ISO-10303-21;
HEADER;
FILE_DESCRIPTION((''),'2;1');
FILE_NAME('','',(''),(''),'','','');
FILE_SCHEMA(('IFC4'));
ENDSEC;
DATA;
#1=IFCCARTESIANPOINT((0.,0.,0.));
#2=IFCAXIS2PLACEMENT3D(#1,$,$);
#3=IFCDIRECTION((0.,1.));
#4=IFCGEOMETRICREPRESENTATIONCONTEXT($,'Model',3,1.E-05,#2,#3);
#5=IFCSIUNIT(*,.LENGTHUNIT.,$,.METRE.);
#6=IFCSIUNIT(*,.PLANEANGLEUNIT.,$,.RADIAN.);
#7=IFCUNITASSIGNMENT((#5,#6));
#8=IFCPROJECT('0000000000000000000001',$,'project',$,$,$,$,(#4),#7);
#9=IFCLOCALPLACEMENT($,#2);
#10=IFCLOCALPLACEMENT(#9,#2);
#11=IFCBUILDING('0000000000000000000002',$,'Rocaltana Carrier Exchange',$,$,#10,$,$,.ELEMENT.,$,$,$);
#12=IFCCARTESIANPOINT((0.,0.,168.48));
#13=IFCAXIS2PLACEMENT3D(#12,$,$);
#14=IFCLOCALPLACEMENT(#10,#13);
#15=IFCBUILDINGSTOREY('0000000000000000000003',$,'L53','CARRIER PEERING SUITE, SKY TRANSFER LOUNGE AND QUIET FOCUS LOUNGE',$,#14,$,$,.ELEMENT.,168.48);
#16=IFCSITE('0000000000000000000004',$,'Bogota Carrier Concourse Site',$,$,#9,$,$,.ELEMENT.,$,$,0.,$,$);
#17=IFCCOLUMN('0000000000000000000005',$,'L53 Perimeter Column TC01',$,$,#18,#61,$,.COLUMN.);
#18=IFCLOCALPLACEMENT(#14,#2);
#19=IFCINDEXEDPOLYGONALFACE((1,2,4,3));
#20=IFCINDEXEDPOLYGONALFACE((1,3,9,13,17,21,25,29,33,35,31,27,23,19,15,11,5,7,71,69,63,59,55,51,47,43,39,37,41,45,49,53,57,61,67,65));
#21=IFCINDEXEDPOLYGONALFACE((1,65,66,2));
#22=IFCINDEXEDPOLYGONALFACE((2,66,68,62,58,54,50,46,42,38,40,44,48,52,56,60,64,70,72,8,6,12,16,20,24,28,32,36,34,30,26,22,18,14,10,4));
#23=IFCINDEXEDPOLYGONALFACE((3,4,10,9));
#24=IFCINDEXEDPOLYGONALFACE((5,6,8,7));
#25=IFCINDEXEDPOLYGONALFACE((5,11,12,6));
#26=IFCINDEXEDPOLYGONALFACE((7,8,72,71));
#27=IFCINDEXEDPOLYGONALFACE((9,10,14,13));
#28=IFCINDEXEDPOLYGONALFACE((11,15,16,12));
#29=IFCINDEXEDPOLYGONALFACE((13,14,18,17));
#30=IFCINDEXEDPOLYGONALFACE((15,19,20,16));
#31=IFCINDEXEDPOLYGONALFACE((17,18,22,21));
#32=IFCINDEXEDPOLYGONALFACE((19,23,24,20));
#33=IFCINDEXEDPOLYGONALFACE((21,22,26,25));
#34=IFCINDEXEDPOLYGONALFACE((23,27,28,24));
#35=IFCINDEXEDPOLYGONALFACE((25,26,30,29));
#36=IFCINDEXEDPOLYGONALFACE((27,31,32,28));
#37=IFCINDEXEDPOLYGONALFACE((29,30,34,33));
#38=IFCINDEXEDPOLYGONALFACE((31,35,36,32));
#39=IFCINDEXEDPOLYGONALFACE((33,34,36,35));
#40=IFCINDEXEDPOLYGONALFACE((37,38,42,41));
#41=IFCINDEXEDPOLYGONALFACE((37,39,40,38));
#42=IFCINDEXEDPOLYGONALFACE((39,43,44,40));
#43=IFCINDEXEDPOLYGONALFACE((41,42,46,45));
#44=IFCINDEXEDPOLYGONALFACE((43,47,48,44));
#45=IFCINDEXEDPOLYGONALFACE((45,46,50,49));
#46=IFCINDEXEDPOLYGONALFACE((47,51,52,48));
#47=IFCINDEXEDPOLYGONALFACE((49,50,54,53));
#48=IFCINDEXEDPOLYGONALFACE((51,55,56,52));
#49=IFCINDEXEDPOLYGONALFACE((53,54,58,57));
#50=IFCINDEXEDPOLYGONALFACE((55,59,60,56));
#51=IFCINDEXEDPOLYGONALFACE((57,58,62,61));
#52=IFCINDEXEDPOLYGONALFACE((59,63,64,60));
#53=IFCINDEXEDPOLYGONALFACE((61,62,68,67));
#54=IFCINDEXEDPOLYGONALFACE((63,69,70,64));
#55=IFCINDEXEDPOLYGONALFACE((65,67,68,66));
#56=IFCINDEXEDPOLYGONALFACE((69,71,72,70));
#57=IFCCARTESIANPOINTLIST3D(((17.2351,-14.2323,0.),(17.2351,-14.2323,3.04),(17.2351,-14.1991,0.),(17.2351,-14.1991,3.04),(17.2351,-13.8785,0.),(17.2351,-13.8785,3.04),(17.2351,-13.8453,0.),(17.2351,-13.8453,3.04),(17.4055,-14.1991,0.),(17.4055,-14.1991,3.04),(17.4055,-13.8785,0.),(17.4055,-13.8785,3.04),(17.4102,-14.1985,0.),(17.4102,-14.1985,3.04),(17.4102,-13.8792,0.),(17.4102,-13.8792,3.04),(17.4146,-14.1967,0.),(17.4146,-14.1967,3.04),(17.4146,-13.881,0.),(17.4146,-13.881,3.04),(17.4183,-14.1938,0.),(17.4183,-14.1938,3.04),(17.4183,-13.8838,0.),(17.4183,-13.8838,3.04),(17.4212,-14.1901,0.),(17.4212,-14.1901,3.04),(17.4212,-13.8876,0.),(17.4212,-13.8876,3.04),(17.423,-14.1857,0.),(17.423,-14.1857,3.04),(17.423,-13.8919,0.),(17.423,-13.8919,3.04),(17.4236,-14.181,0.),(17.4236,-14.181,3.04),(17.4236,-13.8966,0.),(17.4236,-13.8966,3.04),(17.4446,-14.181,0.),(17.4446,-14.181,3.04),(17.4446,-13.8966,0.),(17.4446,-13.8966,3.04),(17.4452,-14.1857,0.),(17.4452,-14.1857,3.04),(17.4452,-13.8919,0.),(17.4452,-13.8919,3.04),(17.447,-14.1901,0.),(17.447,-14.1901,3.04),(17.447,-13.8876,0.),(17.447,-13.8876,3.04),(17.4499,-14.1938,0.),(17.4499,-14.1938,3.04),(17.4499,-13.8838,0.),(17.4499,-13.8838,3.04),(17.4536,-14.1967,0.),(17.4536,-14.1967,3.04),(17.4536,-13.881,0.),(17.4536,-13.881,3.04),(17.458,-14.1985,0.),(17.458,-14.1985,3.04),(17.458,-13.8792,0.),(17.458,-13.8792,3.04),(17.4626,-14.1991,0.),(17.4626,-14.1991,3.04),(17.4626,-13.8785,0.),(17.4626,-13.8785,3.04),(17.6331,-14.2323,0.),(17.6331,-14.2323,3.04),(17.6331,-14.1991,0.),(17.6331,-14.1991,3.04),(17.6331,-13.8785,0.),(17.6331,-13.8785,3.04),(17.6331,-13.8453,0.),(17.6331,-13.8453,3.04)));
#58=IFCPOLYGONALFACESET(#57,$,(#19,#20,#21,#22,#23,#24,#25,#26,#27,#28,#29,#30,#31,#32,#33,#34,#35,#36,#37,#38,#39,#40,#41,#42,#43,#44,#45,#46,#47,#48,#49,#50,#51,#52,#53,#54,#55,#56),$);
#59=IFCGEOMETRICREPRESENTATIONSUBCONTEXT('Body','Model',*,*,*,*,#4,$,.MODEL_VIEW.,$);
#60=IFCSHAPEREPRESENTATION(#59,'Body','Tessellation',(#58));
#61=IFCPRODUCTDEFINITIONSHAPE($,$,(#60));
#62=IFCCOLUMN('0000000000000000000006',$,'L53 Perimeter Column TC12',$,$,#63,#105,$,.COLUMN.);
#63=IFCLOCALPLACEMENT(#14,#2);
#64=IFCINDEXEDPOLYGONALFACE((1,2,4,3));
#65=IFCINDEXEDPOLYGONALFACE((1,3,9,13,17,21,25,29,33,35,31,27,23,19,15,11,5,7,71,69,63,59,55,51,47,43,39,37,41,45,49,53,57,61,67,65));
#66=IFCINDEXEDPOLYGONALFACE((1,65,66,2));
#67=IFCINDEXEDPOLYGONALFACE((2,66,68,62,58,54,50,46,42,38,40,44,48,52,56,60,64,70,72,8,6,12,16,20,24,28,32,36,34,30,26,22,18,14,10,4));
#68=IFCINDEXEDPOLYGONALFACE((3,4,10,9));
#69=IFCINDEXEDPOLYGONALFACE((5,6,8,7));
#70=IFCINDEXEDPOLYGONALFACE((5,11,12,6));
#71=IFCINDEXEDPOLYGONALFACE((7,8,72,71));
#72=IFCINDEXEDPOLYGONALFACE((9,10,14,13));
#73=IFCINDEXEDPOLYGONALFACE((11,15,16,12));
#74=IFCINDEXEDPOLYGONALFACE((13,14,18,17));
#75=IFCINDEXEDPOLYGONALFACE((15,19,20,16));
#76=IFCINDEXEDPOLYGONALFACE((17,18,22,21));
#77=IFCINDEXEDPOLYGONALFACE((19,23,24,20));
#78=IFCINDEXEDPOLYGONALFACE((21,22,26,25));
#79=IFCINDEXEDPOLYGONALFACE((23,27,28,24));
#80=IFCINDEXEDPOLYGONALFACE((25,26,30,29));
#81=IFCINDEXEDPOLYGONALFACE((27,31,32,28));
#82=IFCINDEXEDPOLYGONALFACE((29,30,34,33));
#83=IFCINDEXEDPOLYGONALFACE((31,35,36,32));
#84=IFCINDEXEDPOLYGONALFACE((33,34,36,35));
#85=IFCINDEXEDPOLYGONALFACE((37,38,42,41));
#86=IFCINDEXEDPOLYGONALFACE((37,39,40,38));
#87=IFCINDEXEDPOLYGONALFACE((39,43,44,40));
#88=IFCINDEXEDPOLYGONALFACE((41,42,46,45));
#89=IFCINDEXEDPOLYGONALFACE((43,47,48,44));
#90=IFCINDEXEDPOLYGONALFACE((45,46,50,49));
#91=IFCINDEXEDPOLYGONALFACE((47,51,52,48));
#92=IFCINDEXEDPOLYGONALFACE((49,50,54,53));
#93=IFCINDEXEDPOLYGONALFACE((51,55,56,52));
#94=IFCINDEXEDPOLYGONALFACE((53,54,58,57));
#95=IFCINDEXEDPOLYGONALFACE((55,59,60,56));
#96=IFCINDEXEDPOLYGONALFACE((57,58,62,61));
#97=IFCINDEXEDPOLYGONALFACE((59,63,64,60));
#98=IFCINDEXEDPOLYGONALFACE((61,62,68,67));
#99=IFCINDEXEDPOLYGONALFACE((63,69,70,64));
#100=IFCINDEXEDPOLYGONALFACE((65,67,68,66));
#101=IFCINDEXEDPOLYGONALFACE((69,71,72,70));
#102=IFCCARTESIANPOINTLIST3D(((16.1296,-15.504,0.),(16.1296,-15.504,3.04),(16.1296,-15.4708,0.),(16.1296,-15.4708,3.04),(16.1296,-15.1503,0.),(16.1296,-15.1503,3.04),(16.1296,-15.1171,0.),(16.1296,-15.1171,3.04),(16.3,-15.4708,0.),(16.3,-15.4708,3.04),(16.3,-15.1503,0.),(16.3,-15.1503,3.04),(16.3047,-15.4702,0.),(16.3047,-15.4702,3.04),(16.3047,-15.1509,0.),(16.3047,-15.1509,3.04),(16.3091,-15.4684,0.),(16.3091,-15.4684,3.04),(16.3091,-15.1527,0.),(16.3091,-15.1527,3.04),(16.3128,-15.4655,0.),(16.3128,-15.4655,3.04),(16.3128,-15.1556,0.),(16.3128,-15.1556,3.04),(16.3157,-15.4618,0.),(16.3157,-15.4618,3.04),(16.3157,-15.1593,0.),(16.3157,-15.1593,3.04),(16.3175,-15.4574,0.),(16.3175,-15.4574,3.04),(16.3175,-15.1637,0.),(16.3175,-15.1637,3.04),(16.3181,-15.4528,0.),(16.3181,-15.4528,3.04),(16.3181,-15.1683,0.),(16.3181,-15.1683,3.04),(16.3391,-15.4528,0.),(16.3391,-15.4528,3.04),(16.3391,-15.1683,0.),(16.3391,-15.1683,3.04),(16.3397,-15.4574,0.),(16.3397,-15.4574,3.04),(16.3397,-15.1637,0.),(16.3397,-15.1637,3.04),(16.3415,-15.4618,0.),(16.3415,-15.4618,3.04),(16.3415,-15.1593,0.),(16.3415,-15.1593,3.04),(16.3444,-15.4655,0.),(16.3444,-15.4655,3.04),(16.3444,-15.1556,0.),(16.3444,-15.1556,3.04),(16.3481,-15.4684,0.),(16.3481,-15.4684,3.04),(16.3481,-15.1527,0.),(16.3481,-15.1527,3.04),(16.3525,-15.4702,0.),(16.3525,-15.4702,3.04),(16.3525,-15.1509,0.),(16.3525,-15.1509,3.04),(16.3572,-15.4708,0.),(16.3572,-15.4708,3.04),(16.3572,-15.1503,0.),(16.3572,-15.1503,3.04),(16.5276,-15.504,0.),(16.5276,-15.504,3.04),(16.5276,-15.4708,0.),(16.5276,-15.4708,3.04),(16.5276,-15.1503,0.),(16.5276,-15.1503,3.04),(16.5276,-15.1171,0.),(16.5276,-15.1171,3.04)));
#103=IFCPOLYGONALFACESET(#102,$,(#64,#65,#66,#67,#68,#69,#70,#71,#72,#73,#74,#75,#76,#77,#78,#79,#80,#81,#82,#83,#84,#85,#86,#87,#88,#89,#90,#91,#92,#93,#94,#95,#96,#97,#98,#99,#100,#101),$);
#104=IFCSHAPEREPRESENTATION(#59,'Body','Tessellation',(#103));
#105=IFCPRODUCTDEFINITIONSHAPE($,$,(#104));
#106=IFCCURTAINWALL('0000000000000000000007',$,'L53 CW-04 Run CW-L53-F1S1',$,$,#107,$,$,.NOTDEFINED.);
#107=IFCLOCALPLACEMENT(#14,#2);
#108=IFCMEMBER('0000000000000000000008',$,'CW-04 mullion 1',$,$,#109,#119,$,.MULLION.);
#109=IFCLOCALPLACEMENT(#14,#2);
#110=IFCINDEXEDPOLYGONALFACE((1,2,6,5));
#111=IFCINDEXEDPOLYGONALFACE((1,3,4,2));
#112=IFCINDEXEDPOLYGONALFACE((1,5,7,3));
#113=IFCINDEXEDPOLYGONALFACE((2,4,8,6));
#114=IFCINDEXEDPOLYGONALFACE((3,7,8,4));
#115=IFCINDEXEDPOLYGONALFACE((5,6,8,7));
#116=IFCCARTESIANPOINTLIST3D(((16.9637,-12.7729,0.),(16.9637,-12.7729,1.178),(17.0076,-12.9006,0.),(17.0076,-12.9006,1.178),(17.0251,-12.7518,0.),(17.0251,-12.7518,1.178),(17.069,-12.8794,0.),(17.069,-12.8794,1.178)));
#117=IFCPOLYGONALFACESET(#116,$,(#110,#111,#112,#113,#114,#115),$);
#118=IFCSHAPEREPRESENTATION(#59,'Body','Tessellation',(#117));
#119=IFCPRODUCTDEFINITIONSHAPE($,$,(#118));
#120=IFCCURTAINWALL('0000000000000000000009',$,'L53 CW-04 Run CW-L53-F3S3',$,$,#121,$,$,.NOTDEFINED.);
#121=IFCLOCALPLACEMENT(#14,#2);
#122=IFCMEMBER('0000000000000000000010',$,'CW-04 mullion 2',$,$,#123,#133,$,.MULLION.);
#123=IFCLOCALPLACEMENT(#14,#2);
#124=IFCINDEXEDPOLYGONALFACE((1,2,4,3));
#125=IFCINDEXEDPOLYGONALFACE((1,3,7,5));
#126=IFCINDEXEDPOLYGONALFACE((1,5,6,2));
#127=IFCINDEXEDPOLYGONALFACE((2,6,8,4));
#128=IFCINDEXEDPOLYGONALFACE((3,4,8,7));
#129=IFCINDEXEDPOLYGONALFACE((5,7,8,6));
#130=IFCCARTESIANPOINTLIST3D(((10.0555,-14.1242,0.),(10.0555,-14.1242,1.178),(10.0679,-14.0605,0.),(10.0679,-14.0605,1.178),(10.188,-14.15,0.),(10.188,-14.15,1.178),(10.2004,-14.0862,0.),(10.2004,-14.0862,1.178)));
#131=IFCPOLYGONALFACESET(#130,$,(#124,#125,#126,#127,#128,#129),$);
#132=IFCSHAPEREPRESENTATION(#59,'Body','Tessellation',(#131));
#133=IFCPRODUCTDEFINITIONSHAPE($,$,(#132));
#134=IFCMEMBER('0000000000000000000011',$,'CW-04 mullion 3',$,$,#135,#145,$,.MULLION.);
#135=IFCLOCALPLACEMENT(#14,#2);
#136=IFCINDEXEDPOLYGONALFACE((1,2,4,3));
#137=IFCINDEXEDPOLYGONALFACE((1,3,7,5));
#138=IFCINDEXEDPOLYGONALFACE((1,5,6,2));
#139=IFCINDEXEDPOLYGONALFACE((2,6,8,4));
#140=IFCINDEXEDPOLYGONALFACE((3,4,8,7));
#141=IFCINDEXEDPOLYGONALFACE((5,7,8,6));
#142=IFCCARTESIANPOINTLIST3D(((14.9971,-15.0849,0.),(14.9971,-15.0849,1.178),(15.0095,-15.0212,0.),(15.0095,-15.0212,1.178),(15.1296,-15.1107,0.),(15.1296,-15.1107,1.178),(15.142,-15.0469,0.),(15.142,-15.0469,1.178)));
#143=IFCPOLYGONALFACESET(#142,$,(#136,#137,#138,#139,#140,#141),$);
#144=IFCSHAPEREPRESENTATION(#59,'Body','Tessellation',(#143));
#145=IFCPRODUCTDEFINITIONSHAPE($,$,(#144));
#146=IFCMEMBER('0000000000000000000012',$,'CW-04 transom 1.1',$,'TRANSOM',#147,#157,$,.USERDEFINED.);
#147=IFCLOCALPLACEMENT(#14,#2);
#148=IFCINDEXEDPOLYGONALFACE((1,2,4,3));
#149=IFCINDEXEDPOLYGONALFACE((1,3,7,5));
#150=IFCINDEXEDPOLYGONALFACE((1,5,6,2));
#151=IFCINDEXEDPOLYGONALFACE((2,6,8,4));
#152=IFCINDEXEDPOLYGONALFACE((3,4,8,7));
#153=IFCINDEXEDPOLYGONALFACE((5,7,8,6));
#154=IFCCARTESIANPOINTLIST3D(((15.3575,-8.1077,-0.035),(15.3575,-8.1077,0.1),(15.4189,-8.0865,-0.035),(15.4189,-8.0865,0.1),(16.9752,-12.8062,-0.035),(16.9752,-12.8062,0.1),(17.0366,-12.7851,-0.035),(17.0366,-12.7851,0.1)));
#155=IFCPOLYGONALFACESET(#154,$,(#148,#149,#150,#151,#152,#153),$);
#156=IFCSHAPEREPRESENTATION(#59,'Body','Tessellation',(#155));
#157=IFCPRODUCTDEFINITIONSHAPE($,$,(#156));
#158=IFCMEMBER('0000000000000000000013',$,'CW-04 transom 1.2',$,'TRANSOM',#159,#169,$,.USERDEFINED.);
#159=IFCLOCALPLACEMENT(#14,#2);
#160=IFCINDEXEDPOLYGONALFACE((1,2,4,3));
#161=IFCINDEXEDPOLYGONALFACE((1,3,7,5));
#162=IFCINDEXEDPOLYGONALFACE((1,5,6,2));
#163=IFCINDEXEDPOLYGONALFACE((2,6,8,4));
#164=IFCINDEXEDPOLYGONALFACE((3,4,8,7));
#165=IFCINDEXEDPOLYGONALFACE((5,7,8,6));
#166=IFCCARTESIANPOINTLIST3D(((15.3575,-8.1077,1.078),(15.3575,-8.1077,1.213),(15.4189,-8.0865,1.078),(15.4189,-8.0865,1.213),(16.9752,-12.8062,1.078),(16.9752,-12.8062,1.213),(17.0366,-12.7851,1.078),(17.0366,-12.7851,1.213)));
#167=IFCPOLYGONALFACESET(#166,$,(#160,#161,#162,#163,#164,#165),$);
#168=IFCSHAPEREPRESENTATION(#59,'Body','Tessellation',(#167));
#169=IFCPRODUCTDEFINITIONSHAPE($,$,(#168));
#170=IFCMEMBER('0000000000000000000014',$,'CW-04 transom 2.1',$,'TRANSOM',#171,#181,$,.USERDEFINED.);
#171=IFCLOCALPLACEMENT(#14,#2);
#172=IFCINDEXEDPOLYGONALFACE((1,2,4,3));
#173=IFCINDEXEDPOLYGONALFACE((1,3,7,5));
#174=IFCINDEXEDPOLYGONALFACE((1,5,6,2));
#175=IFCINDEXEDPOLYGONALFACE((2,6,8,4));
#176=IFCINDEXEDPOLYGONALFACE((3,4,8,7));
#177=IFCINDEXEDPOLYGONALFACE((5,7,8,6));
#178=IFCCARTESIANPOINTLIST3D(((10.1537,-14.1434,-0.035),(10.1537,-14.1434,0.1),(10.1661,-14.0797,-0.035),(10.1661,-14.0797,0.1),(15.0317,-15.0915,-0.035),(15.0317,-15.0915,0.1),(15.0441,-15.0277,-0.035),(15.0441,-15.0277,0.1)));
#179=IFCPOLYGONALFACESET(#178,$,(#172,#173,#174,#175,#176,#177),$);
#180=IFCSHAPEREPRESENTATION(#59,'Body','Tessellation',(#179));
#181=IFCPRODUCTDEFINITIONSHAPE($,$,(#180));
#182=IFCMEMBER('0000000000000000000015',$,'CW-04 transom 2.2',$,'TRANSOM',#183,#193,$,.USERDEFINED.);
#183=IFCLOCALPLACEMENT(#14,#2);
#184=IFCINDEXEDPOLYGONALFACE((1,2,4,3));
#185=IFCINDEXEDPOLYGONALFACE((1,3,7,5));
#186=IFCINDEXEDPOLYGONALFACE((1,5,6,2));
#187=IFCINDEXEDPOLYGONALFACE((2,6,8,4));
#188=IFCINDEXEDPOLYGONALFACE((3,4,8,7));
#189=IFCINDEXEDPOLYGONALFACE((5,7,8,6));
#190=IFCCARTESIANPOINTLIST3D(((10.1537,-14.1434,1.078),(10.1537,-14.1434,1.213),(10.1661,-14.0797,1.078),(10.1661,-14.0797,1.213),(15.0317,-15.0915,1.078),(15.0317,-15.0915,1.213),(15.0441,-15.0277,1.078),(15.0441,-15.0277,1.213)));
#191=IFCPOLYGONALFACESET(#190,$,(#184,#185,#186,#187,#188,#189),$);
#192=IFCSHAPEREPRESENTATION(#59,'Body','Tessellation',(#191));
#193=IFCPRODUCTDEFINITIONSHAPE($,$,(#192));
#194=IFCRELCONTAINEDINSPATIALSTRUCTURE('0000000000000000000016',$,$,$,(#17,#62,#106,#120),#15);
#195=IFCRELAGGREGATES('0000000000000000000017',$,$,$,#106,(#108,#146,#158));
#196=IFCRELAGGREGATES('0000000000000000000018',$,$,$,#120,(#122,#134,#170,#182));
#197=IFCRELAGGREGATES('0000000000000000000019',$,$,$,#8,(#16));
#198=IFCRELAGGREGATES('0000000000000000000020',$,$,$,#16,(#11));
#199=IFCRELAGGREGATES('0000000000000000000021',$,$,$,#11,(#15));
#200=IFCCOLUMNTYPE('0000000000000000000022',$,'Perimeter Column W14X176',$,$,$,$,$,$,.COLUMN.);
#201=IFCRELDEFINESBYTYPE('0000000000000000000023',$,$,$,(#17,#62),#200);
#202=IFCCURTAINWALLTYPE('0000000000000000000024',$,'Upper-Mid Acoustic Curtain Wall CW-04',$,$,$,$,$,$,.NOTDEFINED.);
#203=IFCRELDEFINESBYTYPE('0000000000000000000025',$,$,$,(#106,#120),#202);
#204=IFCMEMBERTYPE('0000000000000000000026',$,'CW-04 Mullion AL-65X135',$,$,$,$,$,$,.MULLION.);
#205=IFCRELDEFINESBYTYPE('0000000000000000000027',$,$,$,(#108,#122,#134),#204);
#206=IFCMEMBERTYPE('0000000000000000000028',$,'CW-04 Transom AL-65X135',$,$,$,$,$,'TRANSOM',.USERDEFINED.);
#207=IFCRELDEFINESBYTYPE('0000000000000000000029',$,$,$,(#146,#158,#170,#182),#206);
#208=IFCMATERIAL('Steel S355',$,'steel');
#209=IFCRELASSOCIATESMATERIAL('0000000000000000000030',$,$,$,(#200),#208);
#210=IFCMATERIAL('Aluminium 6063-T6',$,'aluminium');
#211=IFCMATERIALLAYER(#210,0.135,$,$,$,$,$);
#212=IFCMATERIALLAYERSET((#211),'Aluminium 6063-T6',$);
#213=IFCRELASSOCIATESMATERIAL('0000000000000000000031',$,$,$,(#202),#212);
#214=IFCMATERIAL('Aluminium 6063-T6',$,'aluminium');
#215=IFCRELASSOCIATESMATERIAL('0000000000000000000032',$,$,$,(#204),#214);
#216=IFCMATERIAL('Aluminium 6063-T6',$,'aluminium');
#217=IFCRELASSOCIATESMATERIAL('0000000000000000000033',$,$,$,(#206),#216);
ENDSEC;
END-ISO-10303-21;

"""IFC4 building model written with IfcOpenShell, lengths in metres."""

from ifc_helpers import new_model, si_unit, direction, frame, origin, origin_2d, place, context, subcontext, project, spatial, rectangle, i_section, extrude, material, layer, layer_set, material_profile, profile_set, type_object, element, aggregate, save


model = new_model("IFC4")

# Units and contexts
model_context = context("Model", 3, precision=1e-05, world=origin(), true_north=direction((0.0, 1.0)))
body_context = subcontext(model_context, "Body", "Model", "MODEL_VIEW")
ifc_project = project(units=[si_unit("LENGTHUNIT", "METRE"), si_unit("PLANEANGLEUNIT", "RADIAN")], contexts=[model_context])

# Site, building, storey
site_placement = place(None, origin())
site = spatial("IfcSite", under=ifc_project, at=site_placement, Name="Bogota Carrier Concourse Site", CompositionType="ELEMENT", RefElevation=0.0)
building_placement = place(site_placement, origin())
building = spatial("IfcBuilding", under=site, at=building_placement, Name="Rocaltana Carrier Exchange", CompositionType="ELEMENT")
storey_placement = place(building_placement, frame((0.0, 0.0, 168.48)))
storey = spatial("IfcBuildingStorey", under=building, at=storey_placement, Name="L53", Description="CARRIER PEERING SUITE, SKY TRANSFER LOUNGE AND QUIET FOCUS LOUNGE", CompositionType="ELEMENT", Elevation=168.48)

# Columns
ifc_material_1 = material(Name="Steel S355", Category="steel")
ifc_material_profile_1 = material_profile(ifc_material_1, i_section(OverallWidth=0.3979, OverallDepth=0.387, WebThickness=0.021, FlangeThickness=0.0332, FilletRadius=0.0181, at=origin_2d()), Name="W14X176")
ifc_profile_set_1 = profile_set([ifc_material_profile_1], Name="Steel S355")
column_type = type_object("IfcColumnType", Name="Perimeter Column W14X176", PredefinedType="COLUMN", material=ifc_profile_set_1)
for number, where, z_axis, x_axis, name in (
    (1, (17.4341, -14.0388, 0.0), (0.0, 0.0, 1.0), (1.0, 0.0, 0.0), "L53 Perimeter Column TC01"),
    (2, (16.3286, -15.3105, 0.0), (0.0, 0.0, 1.0), (1.0, 0.0, 0.0), "L53 Perimeter Column TC12"),
):
    element("IfcColumn", number, at=place(storey_placement, frame(where, z_axis=z_axis, x_axis=x_axis)), inside=storey, type_object=column_type, Name=name, PredefinedType="COLUMN", context=body_context, shape_type="SweptSolid", body=[
        extrude(i_section(OverallWidth=0.3979, OverallDepth=0.387, WebThickness=0.021, FlangeThickness=0.0332, FilletRadius=0.0181, at=origin_2d()), origin(), (0.0, 0.0, 1.0), 3.04),
    ])

# Curtain wall, member
ifc_material_2 = material(Name="Aluminium 6063-T6", Category="aluminium")
ifc_layer_1 = layer(ifc_material_2, 0.135)
ifc_layer_set_1 = layer_set([ifc_layer_1], Name="Aluminium 6063-T6")
curtain_wall_type = type_object("IfcCurtainWallType", Name="Upper-Mid Acoustic Curtain Wall CW-04", PredefinedType="NOTDEFINED", material=ifc_layer_set_1)
curtain_wall_1_placement = place(storey_placement, origin())
curtain_wall_1 = element("IfcCurtainWall", 3, at=curtain_wall_1_placement, inside=storey, type_object=curtain_wall_type, Name="L53 CW-04 Run CW-L53-F1S1", PredefinedType="NOTDEFINED")
ifc_material_3 = material(Name="Aluminium 6063-T6", Category="aluminium")
ifc_material_profile_2 = material_profile(ifc_material_3, rectangle(XDim=0.0649, YDim=0.135, at=origin_2d()), Name="AL-65X135")
ifc_profile_set_2 = profile_set([ifc_material_profile_2], Name="Aluminium 6063-T6")
member_type_1 = type_object("IfcMemberType", Name="CW-04 Mullion AL-65X135", PredefinedType="MULLION", material=ifc_profile_set_2)
member_1_placement = place(storey_placement, frame((17.0164, -12.8262, 0.0), z_axis=(0.0, 0.0, 1.0), x_axis=(-0.945522, -0.325559, 0.0)))
member_1 = element("IfcMember", 4, at=member_1_placement, type_object=member_type_1, Name="CW-04 mullion 1", PredefinedType="MULLION", context=body_context, shape_type="SweptSolid", body=[
    extrude(rectangle(XDim=0.0649, YDim=0.135, at=origin_2d()), origin(), (0.0, 0.0, 1.0), 1.178),
])

# Curtain wall, members
curtain_wall_2_placement = place(storey_placement, origin())
curtain_wall_2 = element("IfcCurtainWall", 5, at=curtain_wall_2_placement, inside=storey, type_object=curtain_wall_type, Name="L53 CW-04 Run CW-L53-F3S3", PredefinedType="NOTDEFINED")
member_2_placement = place(storey_placement, frame((10.1279, -14.1052, 0.0), z_axis=(0.0, 0.0, 1.0), x_axis=(0.190805, 0.981628, 0.0)))
member_2 = element("IfcMember", 6, at=member_2_placement, type_object=member_type_1, Name="CW-04 mullion 2", PredefinedType="MULLION", context=body_context, shape_type="SweptSolid", body=[
    extrude(rectangle(XDim=0.0649, YDim=0.135, at=origin_2d()), origin(), (0.0, 0.0, 1.0), 1.178),
])
member_3_placement = place(storey_placement, frame((15.0696, -15.0659, 0.0), z_axis=(0.0, 0.0, 1.0), x_axis=(0.190805, 0.981628, 0.0)))
member_3 = element("IfcMember", 7, at=member_3_placement, type_object=member_type_1, Name="CW-04 mullion 3", PredefinedType="MULLION", context=body_context, shape_type="SweptSolid", body=[
    extrude(rectangle(XDim=0.0649, YDim=0.135, at=origin_2d()), origin(), (0.0, 0.0, 1.0), 1.178),
])

# Members
ifc_material_4 = material(Name="Aluminium 6063-T6", Category="aluminium")
ifc_material_profile_3 = material_profile(ifc_material_4, rectangle(XDim=0.0649, YDim=0.135, at=origin_2d()), Name="AL-65X135")
ifc_profile_set_3 = profile_set([ifc_material_profile_3], Name="Aluminium 6063-T6")
member_type_2 = type_object("IfcMemberType", Name="CW-04 Transom AL-65X135", ElementType="TRANSOM", PredefinedType="USERDEFINED", material=ifc_profile_set_3)
member_4_placement = place(storey_placement, frame((17.0059, -12.7957, 0.0325), z_axis=(-0.325542, 0.945527, 0.0), x_axis=(-0.945527, -0.325542, 0.0)))
member_4 = element("IfcMember", 8, at=member_4_placement, type_object=member_type_2, Name="CW-04 transom 1.1", ObjectType="TRANSOM", PredefinedType="USERDEFINED", context=body_context, shape_type="SweptSolid", body=[
    extrude(rectangle(XDim=0.0649, YDim=0.135, at=origin_2d()), origin(), (0.0, 0.0, 1.0), 4.9692),
])
member_5_placement = place(storey_placement, frame((17.0059, -12.7957, 1.1455), z_axis=(-0.325542, 0.945527, 0.0), x_axis=(-0.945527, -0.325542, 0.0)))
member_5 = element("IfcMember", 9, at=member_5_placement, type_object=member_type_2, Name="CW-04 transom 1.2", ObjectType="TRANSOM", PredefinedType="USERDEFINED", context=body_context, shape_type="SweptSolid", body=[
    extrude(rectangle(XDim=0.0649, YDim=0.135, at=origin_2d()), origin(), (0.0, 0.0, 1.0), 4.9692),
])
aggregate(curtain_wall_1, [member_1, member_4, member_5])
member_6_placement = place(storey_placement, frame((10.1599, -14.1116, 0.0325), z_axis=(0.981634, -0.190775, 0.0), x_axis=(0.190775, 0.981634, 0.0)))
member_6 = element("IfcMember", 10, at=member_6_placement, type_object=member_type_2, Name="CW-04 transom 2.1", ObjectType="TRANSOM", PredefinedType="USERDEFINED", context=body_context, shape_type="SweptSolid", body=[
    extrude(rectangle(XDim=0.0649, YDim=0.135, at=origin_2d()), origin(), (0.0, 0.0, 1.0), 4.9692),
])
member_7_placement = place(storey_placement, frame((10.1599, -14.1116, 1.1455), z_axis=(0.981634, -0.190775, 0.0), x_axis=(0.190775, 0.981634, 0.0)))
member_7 = element("IfcMember", 11, at=member_7_placement, type_object=member_type_2, Name="CW-04 transom 2.2", ObjectType="TRANSOM", PredefinedType="USERDEFINED", context=body_context, shape_type="SweptSolid", body=[
    extrude(rectangle(XDim=0.0649, YDim=0.135, at=origin_2d()), origin(), (0.0, 0.0, 1.0), 4.9692),
])

aggregate(curtain_wall_2, [member_2, member_3, member_6, member_7])

save(model, "model.ifc")
